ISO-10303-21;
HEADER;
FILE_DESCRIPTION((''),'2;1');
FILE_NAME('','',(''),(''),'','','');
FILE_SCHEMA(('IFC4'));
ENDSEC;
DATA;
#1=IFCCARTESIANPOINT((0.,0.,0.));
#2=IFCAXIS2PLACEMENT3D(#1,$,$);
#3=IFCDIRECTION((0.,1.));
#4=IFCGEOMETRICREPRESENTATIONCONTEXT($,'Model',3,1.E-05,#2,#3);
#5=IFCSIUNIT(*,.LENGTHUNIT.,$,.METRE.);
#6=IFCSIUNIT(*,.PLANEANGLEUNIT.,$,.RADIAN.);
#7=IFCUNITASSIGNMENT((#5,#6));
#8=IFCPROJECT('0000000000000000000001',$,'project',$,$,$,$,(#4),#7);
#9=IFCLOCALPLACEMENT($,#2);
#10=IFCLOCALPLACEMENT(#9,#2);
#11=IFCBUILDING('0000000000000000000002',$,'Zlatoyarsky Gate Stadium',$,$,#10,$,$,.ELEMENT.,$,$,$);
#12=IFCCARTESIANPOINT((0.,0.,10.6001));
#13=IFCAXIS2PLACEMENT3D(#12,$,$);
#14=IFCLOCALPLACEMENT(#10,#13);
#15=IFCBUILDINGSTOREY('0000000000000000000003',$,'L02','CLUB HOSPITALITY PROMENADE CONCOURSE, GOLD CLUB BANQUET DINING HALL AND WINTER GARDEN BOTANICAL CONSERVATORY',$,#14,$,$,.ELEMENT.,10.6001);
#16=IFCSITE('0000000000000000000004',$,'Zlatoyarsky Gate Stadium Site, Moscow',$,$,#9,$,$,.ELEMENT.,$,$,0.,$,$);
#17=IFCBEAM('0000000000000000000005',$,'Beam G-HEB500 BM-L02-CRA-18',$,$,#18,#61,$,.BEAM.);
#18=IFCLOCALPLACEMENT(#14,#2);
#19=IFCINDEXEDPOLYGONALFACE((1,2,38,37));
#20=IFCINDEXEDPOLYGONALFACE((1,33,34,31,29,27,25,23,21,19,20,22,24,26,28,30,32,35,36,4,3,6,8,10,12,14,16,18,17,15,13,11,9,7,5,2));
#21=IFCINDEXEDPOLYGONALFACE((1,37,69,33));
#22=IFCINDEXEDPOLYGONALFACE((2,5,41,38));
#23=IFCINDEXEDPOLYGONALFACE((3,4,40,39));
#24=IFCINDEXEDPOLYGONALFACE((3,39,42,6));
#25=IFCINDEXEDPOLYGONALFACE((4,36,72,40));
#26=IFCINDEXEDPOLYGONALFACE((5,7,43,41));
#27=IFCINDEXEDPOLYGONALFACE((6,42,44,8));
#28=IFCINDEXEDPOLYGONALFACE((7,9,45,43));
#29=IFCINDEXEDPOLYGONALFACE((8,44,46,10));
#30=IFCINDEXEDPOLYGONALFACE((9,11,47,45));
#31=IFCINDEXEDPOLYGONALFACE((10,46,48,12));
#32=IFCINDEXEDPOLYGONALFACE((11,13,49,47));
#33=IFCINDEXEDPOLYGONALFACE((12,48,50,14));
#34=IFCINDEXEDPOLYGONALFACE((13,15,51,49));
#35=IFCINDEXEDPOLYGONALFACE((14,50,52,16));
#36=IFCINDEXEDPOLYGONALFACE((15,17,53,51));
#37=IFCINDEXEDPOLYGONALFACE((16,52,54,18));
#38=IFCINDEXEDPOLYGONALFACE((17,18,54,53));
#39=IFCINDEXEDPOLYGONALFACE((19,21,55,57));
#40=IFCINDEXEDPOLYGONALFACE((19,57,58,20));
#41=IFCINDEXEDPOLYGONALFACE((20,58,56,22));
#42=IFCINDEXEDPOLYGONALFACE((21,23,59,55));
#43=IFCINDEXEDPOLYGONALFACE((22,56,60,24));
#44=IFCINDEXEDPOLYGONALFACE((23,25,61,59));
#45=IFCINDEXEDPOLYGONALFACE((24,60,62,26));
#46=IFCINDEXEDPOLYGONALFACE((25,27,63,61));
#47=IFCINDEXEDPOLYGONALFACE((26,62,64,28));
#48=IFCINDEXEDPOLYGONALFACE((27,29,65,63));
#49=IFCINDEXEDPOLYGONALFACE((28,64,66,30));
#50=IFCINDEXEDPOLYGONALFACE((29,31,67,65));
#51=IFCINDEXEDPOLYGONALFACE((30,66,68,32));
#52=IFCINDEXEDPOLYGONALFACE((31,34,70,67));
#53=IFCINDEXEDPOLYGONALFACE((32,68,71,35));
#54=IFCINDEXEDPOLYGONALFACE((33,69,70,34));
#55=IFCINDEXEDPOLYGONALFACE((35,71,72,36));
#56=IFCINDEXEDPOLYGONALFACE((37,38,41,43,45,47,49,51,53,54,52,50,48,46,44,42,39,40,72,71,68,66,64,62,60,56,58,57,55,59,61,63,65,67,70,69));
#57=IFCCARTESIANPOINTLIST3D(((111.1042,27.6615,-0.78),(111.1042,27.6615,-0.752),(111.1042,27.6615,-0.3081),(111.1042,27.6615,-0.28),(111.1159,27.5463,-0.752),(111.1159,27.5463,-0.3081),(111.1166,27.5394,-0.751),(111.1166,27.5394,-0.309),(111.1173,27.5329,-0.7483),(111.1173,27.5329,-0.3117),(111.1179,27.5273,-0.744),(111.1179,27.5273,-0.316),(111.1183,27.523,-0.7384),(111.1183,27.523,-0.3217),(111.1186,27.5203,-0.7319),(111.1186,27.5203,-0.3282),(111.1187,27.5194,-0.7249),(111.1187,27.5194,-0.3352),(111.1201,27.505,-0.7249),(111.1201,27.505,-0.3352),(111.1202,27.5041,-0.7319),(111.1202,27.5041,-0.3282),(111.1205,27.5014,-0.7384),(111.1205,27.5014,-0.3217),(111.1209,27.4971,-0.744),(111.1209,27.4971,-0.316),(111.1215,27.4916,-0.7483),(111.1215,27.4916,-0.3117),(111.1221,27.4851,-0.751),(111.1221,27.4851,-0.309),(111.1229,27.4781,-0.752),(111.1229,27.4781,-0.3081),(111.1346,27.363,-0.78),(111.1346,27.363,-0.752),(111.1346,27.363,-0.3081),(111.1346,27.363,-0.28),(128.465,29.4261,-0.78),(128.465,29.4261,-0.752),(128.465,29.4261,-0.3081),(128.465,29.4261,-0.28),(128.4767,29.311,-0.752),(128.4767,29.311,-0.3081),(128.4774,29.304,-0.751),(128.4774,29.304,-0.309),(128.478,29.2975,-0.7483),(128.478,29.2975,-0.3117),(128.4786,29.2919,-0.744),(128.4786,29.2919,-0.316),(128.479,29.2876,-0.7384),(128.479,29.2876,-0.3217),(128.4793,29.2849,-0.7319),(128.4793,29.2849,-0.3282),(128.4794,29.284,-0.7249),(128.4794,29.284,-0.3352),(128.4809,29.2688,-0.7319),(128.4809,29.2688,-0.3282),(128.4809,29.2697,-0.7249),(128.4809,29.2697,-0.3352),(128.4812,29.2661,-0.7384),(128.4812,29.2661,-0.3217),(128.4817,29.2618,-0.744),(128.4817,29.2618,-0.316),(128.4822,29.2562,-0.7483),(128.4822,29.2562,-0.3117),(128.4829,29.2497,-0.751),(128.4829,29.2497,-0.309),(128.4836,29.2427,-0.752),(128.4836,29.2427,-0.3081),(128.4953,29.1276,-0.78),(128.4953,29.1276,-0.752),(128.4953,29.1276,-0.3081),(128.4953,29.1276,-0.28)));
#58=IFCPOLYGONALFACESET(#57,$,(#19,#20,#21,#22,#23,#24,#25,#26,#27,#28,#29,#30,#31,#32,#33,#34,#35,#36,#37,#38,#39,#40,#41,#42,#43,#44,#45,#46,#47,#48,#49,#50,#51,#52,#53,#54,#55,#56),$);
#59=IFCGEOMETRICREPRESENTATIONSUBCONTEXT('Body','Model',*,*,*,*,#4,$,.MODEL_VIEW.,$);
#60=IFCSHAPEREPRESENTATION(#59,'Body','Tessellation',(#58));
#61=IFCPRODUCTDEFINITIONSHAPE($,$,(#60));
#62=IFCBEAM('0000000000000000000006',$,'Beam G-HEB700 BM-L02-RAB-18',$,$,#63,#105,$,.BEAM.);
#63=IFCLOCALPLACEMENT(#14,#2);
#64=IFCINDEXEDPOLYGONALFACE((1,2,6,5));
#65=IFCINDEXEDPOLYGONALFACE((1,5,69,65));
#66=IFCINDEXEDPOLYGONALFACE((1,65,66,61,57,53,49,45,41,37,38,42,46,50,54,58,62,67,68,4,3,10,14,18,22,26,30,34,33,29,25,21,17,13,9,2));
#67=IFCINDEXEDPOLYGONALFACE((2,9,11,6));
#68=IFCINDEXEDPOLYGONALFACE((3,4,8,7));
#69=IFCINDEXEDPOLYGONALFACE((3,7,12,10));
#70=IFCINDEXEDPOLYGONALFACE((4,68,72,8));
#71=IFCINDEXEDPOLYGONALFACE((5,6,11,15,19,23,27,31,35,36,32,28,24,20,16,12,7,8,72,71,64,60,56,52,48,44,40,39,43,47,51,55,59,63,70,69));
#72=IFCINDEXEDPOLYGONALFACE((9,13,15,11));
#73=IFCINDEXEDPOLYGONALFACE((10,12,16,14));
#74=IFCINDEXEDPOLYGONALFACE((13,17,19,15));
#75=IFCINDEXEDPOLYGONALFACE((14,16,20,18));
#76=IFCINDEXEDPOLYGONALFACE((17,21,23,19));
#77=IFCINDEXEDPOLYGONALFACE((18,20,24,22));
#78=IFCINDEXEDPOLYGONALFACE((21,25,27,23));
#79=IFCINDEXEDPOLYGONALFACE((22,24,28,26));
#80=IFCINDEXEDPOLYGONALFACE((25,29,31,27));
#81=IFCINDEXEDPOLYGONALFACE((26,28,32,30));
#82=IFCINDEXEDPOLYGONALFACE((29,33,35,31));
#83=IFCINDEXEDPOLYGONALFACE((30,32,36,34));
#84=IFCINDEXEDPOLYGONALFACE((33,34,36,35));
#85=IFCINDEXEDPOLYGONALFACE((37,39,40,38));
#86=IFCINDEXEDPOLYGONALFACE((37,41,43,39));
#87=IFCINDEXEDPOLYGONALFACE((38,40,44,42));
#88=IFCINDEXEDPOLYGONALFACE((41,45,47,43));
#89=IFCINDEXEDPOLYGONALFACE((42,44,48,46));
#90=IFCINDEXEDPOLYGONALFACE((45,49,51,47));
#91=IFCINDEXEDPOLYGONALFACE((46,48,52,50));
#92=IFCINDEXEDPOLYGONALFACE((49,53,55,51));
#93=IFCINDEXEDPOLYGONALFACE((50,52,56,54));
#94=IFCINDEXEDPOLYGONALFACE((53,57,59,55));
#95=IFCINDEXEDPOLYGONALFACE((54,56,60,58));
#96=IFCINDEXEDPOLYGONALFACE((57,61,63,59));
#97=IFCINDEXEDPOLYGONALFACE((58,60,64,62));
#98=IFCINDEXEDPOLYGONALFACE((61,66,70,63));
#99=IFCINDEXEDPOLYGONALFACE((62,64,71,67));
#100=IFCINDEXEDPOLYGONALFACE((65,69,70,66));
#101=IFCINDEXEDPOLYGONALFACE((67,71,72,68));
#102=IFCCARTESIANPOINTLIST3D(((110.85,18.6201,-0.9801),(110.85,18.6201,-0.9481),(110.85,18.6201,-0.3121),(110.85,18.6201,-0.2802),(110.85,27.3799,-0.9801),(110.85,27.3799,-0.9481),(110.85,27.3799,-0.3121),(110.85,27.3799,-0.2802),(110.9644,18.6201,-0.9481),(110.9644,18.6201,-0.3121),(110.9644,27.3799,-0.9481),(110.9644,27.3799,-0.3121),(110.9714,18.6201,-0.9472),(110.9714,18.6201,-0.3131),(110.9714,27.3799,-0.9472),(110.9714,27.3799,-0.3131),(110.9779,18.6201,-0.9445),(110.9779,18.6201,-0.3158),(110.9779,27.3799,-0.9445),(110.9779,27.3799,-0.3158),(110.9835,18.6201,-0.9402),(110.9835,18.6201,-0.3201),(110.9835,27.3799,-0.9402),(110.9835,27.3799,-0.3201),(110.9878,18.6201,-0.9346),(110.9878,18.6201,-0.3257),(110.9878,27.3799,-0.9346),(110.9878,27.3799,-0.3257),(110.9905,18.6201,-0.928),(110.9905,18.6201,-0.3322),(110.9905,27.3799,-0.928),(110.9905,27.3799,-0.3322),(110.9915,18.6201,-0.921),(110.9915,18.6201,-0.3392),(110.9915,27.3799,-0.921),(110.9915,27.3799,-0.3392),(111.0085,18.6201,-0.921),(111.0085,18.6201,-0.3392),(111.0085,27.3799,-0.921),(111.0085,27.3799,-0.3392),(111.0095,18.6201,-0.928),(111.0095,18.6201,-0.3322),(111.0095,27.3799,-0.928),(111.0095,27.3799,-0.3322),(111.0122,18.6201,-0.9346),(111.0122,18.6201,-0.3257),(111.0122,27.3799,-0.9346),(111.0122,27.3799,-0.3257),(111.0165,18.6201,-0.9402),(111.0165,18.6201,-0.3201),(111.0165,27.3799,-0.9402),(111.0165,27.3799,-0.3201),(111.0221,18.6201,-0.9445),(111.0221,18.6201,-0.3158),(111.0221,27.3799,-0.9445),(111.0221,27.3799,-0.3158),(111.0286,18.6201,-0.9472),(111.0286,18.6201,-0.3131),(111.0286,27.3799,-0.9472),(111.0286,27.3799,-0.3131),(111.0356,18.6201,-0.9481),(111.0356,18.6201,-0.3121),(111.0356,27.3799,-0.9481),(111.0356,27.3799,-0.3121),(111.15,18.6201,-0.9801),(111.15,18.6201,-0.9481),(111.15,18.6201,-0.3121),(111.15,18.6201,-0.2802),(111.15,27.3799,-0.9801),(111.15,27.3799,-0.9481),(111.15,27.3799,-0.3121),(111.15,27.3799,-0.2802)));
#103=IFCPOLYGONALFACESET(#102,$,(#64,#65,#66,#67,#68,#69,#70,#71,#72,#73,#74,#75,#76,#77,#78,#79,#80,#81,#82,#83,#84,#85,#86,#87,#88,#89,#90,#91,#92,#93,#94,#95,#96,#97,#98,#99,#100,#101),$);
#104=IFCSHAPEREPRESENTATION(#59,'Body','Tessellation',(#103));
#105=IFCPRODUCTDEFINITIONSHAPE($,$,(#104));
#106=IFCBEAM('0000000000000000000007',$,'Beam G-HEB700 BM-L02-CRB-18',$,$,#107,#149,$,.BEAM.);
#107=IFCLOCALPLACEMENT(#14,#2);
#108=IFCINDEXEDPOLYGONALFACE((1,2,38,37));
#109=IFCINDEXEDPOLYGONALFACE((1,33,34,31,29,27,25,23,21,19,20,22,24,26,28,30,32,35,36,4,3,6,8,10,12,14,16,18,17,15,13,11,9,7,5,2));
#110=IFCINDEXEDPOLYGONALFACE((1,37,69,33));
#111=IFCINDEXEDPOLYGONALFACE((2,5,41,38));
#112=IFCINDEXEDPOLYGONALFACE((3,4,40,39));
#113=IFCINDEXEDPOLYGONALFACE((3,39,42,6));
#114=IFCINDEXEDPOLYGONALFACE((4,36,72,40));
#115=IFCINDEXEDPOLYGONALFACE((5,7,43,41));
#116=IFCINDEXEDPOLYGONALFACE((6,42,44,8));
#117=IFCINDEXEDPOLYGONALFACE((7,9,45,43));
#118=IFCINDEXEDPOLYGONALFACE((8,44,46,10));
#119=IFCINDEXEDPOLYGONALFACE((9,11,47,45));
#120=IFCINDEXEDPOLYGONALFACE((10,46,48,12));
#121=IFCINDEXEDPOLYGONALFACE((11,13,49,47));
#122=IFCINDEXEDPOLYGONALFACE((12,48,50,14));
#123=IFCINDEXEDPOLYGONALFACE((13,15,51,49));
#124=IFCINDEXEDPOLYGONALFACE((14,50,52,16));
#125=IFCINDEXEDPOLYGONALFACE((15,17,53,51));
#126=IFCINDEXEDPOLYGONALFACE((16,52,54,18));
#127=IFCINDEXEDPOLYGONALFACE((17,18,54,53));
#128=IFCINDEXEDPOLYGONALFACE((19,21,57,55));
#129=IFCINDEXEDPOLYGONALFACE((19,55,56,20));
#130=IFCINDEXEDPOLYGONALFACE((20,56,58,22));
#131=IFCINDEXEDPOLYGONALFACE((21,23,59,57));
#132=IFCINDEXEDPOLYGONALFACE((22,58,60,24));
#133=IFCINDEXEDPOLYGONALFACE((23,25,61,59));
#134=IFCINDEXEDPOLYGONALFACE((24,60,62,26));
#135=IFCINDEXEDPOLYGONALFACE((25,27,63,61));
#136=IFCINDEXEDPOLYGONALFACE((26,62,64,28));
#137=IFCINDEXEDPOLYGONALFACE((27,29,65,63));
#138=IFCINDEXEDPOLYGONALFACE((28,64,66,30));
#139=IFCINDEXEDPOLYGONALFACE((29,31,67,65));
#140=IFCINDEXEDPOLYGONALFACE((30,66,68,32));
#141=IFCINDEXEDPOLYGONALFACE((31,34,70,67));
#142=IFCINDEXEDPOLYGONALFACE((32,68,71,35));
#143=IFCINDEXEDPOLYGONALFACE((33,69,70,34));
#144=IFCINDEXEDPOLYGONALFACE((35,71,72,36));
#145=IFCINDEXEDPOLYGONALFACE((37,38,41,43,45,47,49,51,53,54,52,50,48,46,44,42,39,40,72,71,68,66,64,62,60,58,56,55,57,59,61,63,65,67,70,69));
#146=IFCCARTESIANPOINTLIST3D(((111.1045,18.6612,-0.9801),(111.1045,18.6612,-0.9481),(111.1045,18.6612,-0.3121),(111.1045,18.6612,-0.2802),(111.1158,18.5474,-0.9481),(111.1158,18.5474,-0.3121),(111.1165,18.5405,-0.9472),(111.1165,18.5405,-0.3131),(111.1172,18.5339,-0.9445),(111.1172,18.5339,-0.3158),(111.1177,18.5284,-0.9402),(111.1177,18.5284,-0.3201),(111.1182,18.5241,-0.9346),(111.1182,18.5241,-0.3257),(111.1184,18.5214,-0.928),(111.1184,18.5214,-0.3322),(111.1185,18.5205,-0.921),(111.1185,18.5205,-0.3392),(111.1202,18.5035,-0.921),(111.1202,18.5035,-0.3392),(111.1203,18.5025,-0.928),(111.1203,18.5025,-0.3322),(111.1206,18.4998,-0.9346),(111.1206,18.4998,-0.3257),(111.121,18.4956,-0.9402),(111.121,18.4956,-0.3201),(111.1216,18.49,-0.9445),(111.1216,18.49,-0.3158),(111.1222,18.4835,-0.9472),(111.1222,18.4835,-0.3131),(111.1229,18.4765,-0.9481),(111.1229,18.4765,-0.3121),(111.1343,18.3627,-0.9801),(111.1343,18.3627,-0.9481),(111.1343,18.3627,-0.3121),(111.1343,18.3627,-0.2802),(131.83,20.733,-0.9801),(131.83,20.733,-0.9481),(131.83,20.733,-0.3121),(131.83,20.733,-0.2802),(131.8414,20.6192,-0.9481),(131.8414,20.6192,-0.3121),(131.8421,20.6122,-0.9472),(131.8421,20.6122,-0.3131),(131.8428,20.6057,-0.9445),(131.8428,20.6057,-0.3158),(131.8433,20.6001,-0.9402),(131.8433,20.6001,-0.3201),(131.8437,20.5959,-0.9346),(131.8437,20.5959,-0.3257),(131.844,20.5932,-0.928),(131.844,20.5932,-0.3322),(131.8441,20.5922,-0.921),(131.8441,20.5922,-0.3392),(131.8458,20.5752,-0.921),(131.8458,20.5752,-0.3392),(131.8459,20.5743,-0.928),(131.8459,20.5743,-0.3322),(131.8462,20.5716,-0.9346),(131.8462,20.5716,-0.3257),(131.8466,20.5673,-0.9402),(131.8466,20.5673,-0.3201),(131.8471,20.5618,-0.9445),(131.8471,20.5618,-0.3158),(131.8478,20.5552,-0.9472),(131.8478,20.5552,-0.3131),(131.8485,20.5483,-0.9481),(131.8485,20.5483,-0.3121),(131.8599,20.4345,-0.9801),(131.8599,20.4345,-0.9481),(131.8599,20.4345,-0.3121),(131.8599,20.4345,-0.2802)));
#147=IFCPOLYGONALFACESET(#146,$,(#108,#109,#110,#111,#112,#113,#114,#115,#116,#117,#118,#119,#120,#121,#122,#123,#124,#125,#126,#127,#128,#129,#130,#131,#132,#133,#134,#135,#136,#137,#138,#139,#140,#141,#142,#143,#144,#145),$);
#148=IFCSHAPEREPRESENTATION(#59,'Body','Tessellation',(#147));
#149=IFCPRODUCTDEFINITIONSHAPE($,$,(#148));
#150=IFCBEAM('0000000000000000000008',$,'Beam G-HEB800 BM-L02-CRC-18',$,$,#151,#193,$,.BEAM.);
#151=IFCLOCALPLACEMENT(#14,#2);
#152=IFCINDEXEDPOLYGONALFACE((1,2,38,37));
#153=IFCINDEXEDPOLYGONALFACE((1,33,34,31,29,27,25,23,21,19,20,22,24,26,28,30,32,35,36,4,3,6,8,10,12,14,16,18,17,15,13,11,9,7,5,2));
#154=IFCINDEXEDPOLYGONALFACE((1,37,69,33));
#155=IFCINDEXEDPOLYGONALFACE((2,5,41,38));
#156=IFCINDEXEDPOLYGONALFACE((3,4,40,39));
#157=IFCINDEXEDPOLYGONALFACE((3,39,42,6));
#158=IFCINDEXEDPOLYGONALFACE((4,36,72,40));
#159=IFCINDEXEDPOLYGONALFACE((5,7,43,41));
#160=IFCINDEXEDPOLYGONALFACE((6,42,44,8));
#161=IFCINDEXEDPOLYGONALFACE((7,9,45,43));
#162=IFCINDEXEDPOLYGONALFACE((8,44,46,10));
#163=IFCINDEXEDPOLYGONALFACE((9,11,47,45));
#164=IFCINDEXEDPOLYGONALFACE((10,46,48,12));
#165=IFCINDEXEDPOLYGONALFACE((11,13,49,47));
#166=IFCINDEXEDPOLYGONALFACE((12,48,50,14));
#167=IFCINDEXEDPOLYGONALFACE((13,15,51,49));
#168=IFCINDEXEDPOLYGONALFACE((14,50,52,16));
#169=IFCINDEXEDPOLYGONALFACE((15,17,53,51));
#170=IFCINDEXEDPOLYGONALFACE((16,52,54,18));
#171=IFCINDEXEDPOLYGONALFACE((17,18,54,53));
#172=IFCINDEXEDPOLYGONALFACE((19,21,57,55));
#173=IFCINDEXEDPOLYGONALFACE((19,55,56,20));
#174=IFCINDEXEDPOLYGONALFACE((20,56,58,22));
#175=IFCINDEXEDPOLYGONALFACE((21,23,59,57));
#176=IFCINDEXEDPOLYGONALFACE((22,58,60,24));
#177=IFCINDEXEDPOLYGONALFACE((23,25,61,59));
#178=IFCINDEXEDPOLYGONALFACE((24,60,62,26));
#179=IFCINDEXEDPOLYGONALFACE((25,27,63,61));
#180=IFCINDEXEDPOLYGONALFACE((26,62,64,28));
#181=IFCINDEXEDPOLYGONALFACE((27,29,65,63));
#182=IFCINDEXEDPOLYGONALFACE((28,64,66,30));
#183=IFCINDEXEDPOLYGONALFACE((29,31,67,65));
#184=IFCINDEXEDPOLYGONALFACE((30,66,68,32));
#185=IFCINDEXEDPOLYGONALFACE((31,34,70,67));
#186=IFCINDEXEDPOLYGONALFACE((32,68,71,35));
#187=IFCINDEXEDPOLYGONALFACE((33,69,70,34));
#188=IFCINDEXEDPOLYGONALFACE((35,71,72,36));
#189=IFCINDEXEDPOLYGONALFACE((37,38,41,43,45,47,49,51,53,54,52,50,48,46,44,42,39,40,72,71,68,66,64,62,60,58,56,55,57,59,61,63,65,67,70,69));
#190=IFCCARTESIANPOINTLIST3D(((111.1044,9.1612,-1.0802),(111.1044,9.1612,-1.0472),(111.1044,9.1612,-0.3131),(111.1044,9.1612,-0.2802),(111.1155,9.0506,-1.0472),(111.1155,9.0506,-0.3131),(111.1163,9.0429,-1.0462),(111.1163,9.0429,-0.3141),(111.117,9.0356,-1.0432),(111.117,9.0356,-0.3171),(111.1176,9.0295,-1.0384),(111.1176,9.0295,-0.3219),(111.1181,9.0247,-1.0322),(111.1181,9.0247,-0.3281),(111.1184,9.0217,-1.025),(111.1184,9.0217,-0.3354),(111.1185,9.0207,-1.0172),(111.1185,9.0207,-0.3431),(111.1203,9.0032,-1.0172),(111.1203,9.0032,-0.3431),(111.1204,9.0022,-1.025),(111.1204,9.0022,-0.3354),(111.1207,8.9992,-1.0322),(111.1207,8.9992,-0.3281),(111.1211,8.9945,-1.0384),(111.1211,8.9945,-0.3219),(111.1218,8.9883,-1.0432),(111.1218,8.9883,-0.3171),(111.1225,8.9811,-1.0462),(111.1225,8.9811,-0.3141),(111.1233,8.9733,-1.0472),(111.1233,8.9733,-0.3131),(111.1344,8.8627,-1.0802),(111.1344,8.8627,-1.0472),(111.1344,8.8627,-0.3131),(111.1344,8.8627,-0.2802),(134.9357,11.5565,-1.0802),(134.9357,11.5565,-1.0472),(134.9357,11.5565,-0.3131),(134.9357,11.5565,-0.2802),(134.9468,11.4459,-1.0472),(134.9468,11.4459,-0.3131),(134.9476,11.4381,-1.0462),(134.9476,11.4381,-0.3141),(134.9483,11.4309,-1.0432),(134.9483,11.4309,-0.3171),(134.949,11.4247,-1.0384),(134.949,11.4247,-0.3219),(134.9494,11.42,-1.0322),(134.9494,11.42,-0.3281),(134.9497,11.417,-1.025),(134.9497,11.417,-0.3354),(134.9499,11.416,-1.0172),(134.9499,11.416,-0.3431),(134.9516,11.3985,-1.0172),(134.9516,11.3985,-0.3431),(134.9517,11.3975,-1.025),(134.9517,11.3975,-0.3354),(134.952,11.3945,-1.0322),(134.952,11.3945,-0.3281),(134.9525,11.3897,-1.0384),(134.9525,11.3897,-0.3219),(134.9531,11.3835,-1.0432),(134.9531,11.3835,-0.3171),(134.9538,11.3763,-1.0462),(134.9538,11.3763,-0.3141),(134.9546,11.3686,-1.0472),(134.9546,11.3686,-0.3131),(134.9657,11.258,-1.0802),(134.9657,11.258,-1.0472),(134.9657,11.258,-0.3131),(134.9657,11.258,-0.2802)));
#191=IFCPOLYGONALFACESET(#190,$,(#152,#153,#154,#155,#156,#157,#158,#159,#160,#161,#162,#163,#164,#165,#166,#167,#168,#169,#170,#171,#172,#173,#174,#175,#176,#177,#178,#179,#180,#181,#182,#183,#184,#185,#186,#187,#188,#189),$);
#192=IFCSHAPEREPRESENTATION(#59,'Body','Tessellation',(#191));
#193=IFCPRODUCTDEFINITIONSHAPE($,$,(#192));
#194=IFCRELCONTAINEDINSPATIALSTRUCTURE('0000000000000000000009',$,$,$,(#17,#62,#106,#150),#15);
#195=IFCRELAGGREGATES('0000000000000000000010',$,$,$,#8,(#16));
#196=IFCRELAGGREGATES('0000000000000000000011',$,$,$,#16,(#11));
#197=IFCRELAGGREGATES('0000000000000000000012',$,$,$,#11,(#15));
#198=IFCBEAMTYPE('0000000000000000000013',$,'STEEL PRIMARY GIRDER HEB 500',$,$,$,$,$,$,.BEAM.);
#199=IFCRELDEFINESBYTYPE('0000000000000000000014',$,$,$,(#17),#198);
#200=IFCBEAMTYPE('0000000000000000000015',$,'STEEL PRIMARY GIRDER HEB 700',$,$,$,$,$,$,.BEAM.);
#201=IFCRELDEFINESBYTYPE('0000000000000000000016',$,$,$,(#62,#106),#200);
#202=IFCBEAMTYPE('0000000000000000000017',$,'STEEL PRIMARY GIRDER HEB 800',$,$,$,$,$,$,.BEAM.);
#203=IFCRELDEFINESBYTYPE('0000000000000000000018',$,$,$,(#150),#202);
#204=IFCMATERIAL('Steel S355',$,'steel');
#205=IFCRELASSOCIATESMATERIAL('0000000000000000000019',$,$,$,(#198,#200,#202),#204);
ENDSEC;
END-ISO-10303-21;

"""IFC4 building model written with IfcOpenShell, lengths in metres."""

from ifc_helpers import new_model, si_unit, direction, frame, origin, origin_2d, place, context, subcontext, project, spatial, i_section, extrude, material, material_profile, profile_set, type_object, element, save


model = new_model("IFC4")

# Units and contexts
model_context = context("Model", 3, precision=1e-05, world=origin(), true_north=direction((0.0, 1.0)))
body_context = subcontext(model_context, "Body", "Model", "MODEL_VIEW")
ifc_project = project(units=[si_unit("LENGTHUNIT", "METRE"), si_unit("PLANEANGLEUNIT", "RADIAN")], contexts=[model_context])

# Site, building, storey
site_placement = place(None, origin())
site = spatial("IfcSite", under=ifc_project, at=site_placement, Name="Zlatoyarsky Gate Stadium Site, Moscow", CompositionType="ELEMENT", RefElevation=0.0)
building_placement = place(site_placement, origin())
building = spatial("IfcBuilding", under=site, at=building_placement, Name="Zlatoyarsky Gate Stadium", CompositionType="ELEMENT")
storey_placement = place(building_placement, frame((0.0, 0.0, 10.6001)))
storey = spatial("IfcBuildingStorey", under=building, at=storey_placement, Name="L02", Description="CLUB HOSPITALITY PROMENADE CONCOURSE, GOLD CLUB BANQUET DINING HALL AND WINTER GARDEN BOTANICAL CONSERVATORY", CompositionType="ELEMENT", Elevation=10.6001)

# Shared definitions
ifc_material_1 = material(Name="Steel S355", Category="steel")

# Beams
ifc_material_profile_1 = material_profile(ifc_material_1, i_section(OverallWidth=0.3, OverallDepth=0.5, WebThickness=0.0144, FlangeThickness=0.0281, FilletRadius=0.0271, at=origin_2d()), Name="HEB 500")
ifc_profile_set_1 = profile_set([ifc_material_profile_1], Name="Steel S355")
beam_type_1 = type_object("IfcBeamType", Name="STEEL PRIMARY GIRDER HEB 500", PredefinedType="BEAM", material=ifc_profile_set_1)
beam_1_placement = place(storey_placement, frame((111.1194, 27.5122, -0.53), z_axis=(0.994874, 0.101124, 0.0), x_axis=(-0.101124, 0.994874, 0.0)))
element("IfcBeam", 1, at=beam_1_placement, inside=storey, type_object=beam_type_1, Name="Beam G-HEB500 BM-L02-CRA-18", PredefinedType="BEAM", context=body_context, shape_type="SweptSolid", body=[
    extrude(i_section(OverallWidth=0.3, OverallDepth=0.5, WebThickness=0.0144, FlangeThickness=0.0281, FilletRadius=0.0271, at=origin_2d()), origin(), (0.0, 0.0, 1.0), 17.4502),
])
ifc_material_profile_2 = material_profile(ifc_material_1, i_section(OverallWidth=0.3, OverallDepth=0.7, WebThickness=0.0171, FlangeThickness=0.032, FilletRadius=0.0271, at=origin_2d()), Name="HEB 700")
ifc_profile_set_2 = profile_set([ifc_material_profile_2], Name="Steel S355")
beam_type_2 = type_object("IfcBeamType", Name="STEEL PRIMARY GIRDER HEB 700", PredefinedType="BEAM", material=ifc_profile_set_2)
beam_2_placement = place(storey_placement, frame((111.0, 27.3799, -0.6301), z_axis=(0.0, -1.0, 0.0), x_axis=(1.0, 0.0, 0.0)))
element("IfcBeam", 2, at=beam_2_placement, inside=storey, type_object=beam_type_2, Name="Beam G-HEB700 BM-L02-RAB-18", PredefinedType="BEAM", context=body_context, shape_type="SweptSolid", body=[
    extrude(i_section(OverallWidth=0.3, OverallDepth=0.7, WebThickness=0.0171, FlangeThickness=0.032, FilletRadius=0.0271, at=origin_2d()), origin(), (0.0, 0.0, 1.0), 8.7598),
])
beam_3_placement = place(storey_placement, frame((111.1194, 18.512, -0.6301), z_axis=(0.995041, 0.099467, 0.0), x_axis=(-0.099467, 0.995041, 0.0)))
element("IfcBeam", 3, at=beam_3_placement, inside=storey, type_object=beam_type_2, Name="Beam G-HEB700 BM-L02-CRB-18", PredefinedType="BEAM", context=body_context, shape_type="SweptSolid", body=[
    extrude(i_section(OverallWidth=0.3, OverallDepth=0.7, WebThickness=0.0171, FlangeThickness=0.032, FilletRadius=0.0271, at=origin_2d()), origin(), (0.0, 0.0, 1.0), 20.8289),
])
ifc_material_profile_3 = material_profile(ifc_material_1, i_section(OverallWidth=0.3, OverallDepth=0.8, WebThickness=0.0176, FlangeThickness=0.033, FilletRadius=0.03, at=origin_2d()), Name="HEB 800")
ifc_profile_set_3 = profile_set([ifc_material_profile_3], Name="Steel S355")
beam_type_3 = type_object("IfcBeamType", Name="STEEL PRIMARY GIRDER HEB 800", PredefinedType="BEAM", material=ifc_profile_set_3)
beam_4_placement = place(storey_placement, frame((111.1194, 9.012, -0.6802), z_axis=(0.994987, 0.100005, 0.0), x_axis=(-0.100005, 0.994987, 0.0)))
element("IfcBeam", 4, at=beam_4_placement, inside=storey, type_object=beam_type_3, Name="Beam G-HEB800 BM-L02-CRC-18", PredefinedType="BEAM", context=body_context, shape_type="SweptSolid", body=[
    extrude(i_section(OverallWidth=0.3, OverallDepth=0.8, WebThickness=0.0176, FlangeThickness=0.033, FilletRadius=0.03, at=origin_2d()), origin(), (0.0, 0.0, 1.0), 23.9514),
])

save(model, "model.ifc")
